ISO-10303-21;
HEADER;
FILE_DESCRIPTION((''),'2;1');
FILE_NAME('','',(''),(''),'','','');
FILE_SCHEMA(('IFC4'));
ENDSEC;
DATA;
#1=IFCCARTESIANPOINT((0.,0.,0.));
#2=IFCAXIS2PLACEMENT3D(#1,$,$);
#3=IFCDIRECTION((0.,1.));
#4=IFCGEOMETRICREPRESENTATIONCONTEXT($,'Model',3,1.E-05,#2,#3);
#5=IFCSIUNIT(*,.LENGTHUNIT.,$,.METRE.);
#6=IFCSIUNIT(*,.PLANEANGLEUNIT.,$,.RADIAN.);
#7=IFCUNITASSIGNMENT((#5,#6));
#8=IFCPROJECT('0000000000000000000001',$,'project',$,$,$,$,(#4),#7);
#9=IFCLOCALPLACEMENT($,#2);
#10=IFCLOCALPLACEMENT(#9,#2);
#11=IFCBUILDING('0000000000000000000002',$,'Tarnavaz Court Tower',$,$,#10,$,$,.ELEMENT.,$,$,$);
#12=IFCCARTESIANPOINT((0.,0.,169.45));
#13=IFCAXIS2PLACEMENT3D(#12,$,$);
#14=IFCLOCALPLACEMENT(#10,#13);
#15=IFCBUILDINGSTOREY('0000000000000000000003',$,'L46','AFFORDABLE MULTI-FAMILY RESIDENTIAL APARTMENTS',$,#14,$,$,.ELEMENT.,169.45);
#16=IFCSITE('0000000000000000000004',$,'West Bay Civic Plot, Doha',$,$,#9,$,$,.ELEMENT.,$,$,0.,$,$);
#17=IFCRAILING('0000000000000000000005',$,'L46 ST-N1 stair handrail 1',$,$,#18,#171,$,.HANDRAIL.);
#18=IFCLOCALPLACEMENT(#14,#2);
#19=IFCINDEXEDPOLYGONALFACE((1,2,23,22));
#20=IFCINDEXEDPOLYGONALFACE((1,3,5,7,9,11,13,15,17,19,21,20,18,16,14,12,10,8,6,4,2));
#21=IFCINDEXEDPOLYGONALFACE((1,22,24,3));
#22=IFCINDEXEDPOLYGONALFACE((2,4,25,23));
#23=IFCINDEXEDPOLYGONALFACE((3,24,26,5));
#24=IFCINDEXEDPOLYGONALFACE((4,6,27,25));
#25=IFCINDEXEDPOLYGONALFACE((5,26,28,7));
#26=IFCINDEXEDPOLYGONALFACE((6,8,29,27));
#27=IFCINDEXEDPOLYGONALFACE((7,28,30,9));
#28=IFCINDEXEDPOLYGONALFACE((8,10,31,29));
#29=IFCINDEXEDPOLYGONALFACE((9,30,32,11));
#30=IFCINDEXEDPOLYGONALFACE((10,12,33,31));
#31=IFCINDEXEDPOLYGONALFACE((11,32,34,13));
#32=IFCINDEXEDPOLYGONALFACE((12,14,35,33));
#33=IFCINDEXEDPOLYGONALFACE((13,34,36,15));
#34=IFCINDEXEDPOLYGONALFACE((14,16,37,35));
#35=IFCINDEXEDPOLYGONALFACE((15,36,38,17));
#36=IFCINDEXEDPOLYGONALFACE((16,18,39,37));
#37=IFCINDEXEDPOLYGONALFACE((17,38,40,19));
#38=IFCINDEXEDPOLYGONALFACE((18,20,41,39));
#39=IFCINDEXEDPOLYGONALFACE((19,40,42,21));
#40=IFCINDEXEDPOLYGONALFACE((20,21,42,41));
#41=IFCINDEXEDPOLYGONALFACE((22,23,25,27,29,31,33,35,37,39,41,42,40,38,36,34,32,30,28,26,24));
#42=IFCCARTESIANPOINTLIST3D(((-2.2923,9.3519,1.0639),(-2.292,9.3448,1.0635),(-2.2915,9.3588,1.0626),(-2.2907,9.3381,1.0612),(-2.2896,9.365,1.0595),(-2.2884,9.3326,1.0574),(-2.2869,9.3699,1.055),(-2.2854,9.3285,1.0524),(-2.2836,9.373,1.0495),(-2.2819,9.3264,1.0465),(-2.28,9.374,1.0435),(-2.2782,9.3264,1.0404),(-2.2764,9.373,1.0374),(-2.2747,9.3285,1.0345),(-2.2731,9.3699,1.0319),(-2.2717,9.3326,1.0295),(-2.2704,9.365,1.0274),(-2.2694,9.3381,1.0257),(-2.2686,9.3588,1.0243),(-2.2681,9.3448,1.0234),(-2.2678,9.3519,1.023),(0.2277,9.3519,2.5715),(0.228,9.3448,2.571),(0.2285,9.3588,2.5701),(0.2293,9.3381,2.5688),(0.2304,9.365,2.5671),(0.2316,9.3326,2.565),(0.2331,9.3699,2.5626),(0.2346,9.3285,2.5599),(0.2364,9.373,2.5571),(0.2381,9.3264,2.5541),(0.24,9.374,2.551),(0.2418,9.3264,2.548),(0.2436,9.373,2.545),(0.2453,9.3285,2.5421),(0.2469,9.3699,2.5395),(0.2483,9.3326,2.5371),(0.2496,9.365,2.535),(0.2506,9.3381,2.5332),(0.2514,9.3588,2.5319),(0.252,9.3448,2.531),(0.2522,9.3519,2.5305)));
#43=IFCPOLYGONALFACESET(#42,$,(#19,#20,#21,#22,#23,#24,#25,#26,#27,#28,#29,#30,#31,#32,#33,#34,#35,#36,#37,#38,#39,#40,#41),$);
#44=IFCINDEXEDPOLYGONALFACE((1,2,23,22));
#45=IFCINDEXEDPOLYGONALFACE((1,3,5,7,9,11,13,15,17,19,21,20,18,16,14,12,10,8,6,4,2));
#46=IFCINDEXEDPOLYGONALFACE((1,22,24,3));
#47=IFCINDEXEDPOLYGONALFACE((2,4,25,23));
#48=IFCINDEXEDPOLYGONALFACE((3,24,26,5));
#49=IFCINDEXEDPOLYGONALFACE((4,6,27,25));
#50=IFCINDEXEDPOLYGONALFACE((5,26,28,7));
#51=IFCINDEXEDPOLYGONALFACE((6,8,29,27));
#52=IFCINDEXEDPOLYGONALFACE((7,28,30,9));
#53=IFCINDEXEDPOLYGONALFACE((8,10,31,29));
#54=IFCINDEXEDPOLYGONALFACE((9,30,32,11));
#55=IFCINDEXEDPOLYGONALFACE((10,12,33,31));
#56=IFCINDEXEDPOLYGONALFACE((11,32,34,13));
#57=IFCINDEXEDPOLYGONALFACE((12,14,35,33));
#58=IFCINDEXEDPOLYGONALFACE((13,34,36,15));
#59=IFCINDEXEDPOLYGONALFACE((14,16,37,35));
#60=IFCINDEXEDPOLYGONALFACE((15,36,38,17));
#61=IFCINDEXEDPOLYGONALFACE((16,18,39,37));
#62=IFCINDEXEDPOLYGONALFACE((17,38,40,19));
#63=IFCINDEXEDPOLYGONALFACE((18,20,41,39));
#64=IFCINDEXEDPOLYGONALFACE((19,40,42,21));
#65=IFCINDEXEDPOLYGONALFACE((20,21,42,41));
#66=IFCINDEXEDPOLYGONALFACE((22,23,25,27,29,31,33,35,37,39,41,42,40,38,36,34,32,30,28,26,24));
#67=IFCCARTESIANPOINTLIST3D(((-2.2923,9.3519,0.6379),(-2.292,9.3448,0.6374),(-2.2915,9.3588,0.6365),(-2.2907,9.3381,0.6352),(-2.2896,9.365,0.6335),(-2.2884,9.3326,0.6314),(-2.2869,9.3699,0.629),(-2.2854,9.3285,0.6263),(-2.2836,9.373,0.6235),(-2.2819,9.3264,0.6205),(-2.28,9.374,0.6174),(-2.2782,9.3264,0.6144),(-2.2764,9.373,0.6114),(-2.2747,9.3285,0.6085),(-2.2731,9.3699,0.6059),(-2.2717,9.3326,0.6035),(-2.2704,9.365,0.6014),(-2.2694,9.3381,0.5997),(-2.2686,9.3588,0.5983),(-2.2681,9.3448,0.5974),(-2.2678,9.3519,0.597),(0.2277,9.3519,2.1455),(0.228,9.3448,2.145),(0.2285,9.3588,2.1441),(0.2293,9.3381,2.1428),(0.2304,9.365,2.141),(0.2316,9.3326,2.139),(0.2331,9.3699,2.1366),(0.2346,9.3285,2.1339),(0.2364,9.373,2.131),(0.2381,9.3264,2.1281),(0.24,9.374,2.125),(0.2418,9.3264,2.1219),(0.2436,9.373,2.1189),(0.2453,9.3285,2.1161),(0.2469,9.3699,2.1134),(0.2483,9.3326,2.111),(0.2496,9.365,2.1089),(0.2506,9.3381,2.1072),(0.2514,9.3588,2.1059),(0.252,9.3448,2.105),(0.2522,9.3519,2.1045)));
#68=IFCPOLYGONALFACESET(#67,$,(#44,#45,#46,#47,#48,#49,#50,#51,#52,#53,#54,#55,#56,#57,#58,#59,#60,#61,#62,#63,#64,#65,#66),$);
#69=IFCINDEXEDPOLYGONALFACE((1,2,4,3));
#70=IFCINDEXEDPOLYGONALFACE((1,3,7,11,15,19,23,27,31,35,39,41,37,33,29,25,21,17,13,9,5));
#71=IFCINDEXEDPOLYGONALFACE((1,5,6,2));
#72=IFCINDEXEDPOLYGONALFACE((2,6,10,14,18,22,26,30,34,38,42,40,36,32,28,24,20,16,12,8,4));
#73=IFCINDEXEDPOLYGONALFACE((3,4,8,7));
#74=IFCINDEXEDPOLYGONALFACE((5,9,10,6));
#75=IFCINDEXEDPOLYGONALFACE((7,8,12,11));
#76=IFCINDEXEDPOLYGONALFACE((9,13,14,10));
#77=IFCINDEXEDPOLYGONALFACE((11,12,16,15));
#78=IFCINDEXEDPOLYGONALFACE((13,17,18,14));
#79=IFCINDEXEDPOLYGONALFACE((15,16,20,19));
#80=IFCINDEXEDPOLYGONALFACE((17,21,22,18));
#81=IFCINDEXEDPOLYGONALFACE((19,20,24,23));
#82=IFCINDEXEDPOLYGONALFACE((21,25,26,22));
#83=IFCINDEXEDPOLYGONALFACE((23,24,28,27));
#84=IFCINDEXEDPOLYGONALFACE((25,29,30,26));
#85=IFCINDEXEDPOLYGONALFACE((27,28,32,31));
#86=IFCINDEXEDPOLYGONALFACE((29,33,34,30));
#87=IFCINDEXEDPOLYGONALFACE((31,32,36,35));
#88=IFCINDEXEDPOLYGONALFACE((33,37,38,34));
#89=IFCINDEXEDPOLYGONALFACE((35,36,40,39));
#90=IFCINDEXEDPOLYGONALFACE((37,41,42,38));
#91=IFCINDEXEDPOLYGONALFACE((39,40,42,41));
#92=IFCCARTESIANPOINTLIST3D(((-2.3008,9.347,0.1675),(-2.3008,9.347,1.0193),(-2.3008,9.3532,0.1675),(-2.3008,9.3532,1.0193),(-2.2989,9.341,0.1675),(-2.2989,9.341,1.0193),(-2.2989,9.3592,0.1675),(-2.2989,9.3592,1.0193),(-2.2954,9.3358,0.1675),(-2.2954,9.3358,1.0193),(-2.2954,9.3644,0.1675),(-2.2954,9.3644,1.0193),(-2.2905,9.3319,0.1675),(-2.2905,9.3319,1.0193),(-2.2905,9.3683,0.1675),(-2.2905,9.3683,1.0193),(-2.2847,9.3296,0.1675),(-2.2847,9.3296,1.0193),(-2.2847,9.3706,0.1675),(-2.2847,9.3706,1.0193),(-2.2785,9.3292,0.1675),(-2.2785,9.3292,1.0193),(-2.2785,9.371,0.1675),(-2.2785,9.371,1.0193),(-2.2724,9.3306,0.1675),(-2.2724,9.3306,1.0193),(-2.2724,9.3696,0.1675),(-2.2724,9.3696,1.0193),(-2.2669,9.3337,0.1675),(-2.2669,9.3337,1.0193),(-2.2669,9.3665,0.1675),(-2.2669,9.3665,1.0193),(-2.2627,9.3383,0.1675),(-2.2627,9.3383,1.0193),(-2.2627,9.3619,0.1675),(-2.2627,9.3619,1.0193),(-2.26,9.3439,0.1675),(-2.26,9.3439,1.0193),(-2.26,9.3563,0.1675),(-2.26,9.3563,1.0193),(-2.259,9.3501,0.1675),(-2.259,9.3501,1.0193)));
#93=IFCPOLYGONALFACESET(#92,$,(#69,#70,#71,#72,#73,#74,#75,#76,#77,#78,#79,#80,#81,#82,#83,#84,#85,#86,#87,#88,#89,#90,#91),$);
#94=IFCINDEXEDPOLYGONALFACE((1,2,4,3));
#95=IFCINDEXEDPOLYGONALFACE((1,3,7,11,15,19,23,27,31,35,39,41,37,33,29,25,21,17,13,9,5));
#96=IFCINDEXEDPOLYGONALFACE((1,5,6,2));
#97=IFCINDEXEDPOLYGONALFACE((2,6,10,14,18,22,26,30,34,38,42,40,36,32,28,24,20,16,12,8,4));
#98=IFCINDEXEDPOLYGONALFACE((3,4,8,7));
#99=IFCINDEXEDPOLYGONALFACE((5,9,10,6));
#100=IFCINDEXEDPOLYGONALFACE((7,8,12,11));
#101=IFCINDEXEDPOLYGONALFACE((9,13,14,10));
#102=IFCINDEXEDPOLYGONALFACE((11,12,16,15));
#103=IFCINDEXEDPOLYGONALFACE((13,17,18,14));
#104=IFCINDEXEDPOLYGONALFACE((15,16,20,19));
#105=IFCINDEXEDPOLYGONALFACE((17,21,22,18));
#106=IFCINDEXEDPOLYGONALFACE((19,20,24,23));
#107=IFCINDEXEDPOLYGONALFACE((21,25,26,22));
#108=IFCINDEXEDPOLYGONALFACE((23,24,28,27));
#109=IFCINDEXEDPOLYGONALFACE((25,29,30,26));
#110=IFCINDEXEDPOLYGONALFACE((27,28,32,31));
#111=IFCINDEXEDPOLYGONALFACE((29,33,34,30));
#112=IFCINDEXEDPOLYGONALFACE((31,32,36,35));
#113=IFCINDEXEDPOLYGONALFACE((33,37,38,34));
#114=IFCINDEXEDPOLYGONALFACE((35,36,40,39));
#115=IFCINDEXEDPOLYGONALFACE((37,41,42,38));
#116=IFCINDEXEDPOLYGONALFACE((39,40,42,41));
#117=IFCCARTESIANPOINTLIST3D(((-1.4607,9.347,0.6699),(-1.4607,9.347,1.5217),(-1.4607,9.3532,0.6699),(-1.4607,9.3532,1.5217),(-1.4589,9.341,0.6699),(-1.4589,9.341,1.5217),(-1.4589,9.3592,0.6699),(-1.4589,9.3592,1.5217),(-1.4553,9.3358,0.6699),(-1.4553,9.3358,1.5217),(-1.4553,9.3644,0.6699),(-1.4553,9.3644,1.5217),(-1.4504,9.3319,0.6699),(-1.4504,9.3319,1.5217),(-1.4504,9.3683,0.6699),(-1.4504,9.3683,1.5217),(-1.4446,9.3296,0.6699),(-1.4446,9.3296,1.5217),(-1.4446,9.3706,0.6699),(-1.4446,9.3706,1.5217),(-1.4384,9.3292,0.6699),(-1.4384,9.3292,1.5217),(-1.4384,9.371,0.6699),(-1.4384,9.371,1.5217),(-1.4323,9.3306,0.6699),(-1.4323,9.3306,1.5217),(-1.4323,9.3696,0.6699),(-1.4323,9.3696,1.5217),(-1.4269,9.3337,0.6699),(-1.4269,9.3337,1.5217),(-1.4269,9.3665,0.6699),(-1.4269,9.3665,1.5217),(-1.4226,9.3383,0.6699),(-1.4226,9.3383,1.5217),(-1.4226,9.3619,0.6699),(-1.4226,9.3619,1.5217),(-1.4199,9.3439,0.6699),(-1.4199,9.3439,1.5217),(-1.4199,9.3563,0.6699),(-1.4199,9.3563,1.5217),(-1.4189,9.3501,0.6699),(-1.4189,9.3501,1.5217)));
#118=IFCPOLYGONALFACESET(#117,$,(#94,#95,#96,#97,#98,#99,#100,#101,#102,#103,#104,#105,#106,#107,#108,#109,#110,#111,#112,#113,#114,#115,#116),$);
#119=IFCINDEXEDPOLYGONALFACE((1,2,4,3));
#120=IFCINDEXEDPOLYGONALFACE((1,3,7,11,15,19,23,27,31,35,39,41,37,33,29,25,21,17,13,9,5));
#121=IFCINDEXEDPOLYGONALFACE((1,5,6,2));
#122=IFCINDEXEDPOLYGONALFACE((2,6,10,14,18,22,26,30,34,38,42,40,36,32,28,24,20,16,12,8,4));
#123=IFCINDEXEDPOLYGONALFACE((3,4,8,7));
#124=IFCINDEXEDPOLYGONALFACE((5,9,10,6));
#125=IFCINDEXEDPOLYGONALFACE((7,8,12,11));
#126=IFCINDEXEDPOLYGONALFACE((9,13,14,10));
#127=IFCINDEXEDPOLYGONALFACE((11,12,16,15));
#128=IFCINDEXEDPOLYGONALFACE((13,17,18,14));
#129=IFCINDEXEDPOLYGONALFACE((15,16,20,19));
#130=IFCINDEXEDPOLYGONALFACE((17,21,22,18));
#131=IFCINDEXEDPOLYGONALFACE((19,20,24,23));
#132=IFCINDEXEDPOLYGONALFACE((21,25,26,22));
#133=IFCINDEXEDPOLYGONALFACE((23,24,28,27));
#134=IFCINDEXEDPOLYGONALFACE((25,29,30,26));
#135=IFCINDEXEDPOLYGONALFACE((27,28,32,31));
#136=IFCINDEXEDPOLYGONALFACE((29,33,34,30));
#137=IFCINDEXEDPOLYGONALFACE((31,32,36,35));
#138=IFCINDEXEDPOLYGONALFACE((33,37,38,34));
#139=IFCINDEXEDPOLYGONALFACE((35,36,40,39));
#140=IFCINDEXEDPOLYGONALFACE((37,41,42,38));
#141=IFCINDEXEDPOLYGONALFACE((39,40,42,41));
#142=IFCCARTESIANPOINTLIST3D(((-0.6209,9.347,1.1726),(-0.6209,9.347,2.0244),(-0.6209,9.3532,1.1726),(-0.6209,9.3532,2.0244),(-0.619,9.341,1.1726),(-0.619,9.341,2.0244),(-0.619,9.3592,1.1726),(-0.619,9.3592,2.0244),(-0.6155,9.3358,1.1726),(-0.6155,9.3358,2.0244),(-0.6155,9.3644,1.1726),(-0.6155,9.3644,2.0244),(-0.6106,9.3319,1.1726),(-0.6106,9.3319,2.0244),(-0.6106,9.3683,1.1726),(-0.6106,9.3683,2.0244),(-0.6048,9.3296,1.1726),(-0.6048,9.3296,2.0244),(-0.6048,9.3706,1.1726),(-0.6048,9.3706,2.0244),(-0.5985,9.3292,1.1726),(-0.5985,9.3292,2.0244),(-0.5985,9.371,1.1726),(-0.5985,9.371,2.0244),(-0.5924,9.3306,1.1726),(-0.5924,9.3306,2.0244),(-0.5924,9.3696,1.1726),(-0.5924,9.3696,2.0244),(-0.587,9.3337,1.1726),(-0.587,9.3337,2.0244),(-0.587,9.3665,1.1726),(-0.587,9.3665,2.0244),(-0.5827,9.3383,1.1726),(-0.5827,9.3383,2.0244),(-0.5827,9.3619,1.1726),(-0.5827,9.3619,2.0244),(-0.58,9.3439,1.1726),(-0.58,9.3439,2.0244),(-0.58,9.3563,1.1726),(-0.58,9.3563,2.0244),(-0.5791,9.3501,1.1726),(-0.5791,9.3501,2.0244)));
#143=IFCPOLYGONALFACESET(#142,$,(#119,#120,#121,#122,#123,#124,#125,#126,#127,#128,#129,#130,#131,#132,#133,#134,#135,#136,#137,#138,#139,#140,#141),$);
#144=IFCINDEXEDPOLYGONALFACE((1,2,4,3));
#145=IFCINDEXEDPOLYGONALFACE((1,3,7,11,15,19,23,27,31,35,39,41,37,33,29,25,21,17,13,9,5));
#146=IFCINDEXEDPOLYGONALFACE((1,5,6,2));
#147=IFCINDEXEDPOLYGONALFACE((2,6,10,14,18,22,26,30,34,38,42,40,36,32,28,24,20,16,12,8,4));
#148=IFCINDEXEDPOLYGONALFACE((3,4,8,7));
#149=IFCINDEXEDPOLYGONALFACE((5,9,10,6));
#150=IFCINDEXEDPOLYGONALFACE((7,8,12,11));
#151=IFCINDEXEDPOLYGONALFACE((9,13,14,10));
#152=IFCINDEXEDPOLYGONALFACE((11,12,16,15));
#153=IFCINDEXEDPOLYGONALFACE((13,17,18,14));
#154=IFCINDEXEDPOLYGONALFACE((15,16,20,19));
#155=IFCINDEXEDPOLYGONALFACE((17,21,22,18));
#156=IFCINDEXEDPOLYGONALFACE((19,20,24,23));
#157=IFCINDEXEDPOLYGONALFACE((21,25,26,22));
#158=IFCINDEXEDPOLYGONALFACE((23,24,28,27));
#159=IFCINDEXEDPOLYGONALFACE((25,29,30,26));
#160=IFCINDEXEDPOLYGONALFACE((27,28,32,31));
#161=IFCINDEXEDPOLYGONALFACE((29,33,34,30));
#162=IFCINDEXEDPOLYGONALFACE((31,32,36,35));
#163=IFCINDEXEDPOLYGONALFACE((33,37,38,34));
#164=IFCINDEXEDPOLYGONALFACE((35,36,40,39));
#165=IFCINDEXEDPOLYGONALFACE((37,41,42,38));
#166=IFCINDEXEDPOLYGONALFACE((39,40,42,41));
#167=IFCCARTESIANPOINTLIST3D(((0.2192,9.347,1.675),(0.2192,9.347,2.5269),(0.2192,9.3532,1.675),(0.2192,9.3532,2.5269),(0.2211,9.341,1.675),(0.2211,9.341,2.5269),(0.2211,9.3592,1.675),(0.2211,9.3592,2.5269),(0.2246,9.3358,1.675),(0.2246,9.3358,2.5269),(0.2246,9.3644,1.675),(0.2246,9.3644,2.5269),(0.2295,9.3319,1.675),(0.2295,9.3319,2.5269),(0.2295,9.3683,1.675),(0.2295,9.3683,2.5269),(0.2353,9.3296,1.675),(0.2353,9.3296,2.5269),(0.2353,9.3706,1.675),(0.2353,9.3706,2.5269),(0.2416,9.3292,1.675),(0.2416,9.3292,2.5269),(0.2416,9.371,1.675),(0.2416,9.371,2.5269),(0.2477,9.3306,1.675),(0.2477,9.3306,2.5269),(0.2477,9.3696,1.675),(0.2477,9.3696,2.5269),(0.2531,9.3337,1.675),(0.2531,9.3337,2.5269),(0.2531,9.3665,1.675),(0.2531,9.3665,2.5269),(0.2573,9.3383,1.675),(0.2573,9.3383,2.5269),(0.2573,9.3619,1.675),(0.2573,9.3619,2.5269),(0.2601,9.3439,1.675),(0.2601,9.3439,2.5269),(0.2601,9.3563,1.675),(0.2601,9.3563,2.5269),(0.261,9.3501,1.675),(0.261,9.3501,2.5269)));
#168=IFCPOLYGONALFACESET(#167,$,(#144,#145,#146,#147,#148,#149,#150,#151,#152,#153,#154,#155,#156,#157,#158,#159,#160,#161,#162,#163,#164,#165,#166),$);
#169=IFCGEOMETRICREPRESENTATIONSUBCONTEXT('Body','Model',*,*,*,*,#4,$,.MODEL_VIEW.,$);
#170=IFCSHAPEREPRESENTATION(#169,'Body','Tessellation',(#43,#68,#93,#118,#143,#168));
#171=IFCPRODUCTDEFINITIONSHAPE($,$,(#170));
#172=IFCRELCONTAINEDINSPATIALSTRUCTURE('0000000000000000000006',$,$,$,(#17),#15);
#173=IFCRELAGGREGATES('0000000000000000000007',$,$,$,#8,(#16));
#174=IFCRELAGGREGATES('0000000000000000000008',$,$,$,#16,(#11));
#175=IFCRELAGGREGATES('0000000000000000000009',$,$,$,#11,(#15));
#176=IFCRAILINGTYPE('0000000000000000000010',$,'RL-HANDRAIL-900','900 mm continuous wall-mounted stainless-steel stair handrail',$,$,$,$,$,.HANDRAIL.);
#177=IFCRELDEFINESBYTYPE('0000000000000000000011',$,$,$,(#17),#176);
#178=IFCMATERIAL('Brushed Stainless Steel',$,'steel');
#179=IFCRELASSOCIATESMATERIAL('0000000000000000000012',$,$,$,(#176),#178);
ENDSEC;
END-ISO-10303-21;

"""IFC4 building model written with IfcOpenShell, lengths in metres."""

from ifc_helpers import new_model, si_unit, direction, frame, origin, origin_2d, place, context, subcontext, project, spatial, circle, extrude, material, type_object, element, save


model = new_model("IFC4")

# Units and contexts
model_context = context("Model", 3, precision=1e-05, world=origin(), true_north=direction((0.0, 1.0)))
body_context = subcontext(model_context, "Body", "Model", "MODEL_VIEW")
ifc_project = project(units=[si_unit("LENGTHUNIT", "METRE"), si_unit("PLANEANGLEUNIT", "RADIAN")], contexts=[model_context])

# Site, building, storey
site_placement = place(None, origin())
site = spatial("IfcSite", under=ifc_project, at=site_placement, Name="West Bay Civic Plot, Doha", CompositionType="ELEMENT", RefElevation=0.0)
building_placement = place(site_placement, origin())
building = spatial("IfcBuilding", under=site, at=building_placement, Name="Tarnavaz Court Tower", CompositionType="ELEMENT")
storey_placement = place(building_placement, frame((0.0, 0.0, 169.45)))
storey = spatial("IfcBuildingStorey", under=building, at=storey_placement, Name="L46", Description="AFFORDABLE MULTI-FAMILY RESIDENTIAL APARTMENTS", CompositionType="ELEMENT", Elevation=169.45)

# Railing
ifc_material_1 = material(Name="Brushed Stainless Steel", Category="steel")
railing_type_1 = type_object("IfcRailingType", Name="RL-HANDRAIL-900", Description="900 mm continuous wall-mounted stainless-steel stair handrail", PredefinedType="HANDRAIL", material=ifc_material_1)
railing_1_placement = place(storey_placement, frame((-2.28, 9.3501, 0.1675)))
element("IfcRailing", 1, at=railing_1_placement, inside=storey, type_object=railing_type_1, Name="L46 ST-N1 stair handrail 1", PredefinedType="HANDRAIL", context=body_context, shape_type="SweptSolid", body=[
    extrude(circle(Radius=0.0239, at=origin_2d()), frame((0.0, 0.0, 0.876), z_axis=(0.85816, 0.0, 0.513383), x_axis=(0.0, 1.0, 0.0)), (0.0, 0.0, 1.0), 2.9365),
    extrude(circle(Radius=0.0239, at=origin_2d()), frame((0.0, 0.0, 0.45), z_axis=(0.85816, 0.0, 0.513383), x_axis=(0.0, 1.0, 0.0)), (0.0, 0.0, 1.0), 2.9365),
    extrude(circle(Radius=0.021, at=origin_2d()), origin(), (0.0, 0.0, 1.0), 0.8518),
    extrude(circle(Radius=0.021, at=origin_2d()), frame((0.8401, 0.0, 0.5024)), (0.0, 0.0, 1.0), 0.8518),
    extrude(circle(Radius=0.021, at=origin_2d()), frame((1.6799, 0.0, 1.0051)), (0.0, 0.0, 1.0), 0.8518),
    extrude(circle(Radius=0.021, at=origin_2d()), frame((2.52, 0.0, 1.5076)), (0.0, 0.0, 1.0), 0.8518),
])

save(model, "model.ifc")
